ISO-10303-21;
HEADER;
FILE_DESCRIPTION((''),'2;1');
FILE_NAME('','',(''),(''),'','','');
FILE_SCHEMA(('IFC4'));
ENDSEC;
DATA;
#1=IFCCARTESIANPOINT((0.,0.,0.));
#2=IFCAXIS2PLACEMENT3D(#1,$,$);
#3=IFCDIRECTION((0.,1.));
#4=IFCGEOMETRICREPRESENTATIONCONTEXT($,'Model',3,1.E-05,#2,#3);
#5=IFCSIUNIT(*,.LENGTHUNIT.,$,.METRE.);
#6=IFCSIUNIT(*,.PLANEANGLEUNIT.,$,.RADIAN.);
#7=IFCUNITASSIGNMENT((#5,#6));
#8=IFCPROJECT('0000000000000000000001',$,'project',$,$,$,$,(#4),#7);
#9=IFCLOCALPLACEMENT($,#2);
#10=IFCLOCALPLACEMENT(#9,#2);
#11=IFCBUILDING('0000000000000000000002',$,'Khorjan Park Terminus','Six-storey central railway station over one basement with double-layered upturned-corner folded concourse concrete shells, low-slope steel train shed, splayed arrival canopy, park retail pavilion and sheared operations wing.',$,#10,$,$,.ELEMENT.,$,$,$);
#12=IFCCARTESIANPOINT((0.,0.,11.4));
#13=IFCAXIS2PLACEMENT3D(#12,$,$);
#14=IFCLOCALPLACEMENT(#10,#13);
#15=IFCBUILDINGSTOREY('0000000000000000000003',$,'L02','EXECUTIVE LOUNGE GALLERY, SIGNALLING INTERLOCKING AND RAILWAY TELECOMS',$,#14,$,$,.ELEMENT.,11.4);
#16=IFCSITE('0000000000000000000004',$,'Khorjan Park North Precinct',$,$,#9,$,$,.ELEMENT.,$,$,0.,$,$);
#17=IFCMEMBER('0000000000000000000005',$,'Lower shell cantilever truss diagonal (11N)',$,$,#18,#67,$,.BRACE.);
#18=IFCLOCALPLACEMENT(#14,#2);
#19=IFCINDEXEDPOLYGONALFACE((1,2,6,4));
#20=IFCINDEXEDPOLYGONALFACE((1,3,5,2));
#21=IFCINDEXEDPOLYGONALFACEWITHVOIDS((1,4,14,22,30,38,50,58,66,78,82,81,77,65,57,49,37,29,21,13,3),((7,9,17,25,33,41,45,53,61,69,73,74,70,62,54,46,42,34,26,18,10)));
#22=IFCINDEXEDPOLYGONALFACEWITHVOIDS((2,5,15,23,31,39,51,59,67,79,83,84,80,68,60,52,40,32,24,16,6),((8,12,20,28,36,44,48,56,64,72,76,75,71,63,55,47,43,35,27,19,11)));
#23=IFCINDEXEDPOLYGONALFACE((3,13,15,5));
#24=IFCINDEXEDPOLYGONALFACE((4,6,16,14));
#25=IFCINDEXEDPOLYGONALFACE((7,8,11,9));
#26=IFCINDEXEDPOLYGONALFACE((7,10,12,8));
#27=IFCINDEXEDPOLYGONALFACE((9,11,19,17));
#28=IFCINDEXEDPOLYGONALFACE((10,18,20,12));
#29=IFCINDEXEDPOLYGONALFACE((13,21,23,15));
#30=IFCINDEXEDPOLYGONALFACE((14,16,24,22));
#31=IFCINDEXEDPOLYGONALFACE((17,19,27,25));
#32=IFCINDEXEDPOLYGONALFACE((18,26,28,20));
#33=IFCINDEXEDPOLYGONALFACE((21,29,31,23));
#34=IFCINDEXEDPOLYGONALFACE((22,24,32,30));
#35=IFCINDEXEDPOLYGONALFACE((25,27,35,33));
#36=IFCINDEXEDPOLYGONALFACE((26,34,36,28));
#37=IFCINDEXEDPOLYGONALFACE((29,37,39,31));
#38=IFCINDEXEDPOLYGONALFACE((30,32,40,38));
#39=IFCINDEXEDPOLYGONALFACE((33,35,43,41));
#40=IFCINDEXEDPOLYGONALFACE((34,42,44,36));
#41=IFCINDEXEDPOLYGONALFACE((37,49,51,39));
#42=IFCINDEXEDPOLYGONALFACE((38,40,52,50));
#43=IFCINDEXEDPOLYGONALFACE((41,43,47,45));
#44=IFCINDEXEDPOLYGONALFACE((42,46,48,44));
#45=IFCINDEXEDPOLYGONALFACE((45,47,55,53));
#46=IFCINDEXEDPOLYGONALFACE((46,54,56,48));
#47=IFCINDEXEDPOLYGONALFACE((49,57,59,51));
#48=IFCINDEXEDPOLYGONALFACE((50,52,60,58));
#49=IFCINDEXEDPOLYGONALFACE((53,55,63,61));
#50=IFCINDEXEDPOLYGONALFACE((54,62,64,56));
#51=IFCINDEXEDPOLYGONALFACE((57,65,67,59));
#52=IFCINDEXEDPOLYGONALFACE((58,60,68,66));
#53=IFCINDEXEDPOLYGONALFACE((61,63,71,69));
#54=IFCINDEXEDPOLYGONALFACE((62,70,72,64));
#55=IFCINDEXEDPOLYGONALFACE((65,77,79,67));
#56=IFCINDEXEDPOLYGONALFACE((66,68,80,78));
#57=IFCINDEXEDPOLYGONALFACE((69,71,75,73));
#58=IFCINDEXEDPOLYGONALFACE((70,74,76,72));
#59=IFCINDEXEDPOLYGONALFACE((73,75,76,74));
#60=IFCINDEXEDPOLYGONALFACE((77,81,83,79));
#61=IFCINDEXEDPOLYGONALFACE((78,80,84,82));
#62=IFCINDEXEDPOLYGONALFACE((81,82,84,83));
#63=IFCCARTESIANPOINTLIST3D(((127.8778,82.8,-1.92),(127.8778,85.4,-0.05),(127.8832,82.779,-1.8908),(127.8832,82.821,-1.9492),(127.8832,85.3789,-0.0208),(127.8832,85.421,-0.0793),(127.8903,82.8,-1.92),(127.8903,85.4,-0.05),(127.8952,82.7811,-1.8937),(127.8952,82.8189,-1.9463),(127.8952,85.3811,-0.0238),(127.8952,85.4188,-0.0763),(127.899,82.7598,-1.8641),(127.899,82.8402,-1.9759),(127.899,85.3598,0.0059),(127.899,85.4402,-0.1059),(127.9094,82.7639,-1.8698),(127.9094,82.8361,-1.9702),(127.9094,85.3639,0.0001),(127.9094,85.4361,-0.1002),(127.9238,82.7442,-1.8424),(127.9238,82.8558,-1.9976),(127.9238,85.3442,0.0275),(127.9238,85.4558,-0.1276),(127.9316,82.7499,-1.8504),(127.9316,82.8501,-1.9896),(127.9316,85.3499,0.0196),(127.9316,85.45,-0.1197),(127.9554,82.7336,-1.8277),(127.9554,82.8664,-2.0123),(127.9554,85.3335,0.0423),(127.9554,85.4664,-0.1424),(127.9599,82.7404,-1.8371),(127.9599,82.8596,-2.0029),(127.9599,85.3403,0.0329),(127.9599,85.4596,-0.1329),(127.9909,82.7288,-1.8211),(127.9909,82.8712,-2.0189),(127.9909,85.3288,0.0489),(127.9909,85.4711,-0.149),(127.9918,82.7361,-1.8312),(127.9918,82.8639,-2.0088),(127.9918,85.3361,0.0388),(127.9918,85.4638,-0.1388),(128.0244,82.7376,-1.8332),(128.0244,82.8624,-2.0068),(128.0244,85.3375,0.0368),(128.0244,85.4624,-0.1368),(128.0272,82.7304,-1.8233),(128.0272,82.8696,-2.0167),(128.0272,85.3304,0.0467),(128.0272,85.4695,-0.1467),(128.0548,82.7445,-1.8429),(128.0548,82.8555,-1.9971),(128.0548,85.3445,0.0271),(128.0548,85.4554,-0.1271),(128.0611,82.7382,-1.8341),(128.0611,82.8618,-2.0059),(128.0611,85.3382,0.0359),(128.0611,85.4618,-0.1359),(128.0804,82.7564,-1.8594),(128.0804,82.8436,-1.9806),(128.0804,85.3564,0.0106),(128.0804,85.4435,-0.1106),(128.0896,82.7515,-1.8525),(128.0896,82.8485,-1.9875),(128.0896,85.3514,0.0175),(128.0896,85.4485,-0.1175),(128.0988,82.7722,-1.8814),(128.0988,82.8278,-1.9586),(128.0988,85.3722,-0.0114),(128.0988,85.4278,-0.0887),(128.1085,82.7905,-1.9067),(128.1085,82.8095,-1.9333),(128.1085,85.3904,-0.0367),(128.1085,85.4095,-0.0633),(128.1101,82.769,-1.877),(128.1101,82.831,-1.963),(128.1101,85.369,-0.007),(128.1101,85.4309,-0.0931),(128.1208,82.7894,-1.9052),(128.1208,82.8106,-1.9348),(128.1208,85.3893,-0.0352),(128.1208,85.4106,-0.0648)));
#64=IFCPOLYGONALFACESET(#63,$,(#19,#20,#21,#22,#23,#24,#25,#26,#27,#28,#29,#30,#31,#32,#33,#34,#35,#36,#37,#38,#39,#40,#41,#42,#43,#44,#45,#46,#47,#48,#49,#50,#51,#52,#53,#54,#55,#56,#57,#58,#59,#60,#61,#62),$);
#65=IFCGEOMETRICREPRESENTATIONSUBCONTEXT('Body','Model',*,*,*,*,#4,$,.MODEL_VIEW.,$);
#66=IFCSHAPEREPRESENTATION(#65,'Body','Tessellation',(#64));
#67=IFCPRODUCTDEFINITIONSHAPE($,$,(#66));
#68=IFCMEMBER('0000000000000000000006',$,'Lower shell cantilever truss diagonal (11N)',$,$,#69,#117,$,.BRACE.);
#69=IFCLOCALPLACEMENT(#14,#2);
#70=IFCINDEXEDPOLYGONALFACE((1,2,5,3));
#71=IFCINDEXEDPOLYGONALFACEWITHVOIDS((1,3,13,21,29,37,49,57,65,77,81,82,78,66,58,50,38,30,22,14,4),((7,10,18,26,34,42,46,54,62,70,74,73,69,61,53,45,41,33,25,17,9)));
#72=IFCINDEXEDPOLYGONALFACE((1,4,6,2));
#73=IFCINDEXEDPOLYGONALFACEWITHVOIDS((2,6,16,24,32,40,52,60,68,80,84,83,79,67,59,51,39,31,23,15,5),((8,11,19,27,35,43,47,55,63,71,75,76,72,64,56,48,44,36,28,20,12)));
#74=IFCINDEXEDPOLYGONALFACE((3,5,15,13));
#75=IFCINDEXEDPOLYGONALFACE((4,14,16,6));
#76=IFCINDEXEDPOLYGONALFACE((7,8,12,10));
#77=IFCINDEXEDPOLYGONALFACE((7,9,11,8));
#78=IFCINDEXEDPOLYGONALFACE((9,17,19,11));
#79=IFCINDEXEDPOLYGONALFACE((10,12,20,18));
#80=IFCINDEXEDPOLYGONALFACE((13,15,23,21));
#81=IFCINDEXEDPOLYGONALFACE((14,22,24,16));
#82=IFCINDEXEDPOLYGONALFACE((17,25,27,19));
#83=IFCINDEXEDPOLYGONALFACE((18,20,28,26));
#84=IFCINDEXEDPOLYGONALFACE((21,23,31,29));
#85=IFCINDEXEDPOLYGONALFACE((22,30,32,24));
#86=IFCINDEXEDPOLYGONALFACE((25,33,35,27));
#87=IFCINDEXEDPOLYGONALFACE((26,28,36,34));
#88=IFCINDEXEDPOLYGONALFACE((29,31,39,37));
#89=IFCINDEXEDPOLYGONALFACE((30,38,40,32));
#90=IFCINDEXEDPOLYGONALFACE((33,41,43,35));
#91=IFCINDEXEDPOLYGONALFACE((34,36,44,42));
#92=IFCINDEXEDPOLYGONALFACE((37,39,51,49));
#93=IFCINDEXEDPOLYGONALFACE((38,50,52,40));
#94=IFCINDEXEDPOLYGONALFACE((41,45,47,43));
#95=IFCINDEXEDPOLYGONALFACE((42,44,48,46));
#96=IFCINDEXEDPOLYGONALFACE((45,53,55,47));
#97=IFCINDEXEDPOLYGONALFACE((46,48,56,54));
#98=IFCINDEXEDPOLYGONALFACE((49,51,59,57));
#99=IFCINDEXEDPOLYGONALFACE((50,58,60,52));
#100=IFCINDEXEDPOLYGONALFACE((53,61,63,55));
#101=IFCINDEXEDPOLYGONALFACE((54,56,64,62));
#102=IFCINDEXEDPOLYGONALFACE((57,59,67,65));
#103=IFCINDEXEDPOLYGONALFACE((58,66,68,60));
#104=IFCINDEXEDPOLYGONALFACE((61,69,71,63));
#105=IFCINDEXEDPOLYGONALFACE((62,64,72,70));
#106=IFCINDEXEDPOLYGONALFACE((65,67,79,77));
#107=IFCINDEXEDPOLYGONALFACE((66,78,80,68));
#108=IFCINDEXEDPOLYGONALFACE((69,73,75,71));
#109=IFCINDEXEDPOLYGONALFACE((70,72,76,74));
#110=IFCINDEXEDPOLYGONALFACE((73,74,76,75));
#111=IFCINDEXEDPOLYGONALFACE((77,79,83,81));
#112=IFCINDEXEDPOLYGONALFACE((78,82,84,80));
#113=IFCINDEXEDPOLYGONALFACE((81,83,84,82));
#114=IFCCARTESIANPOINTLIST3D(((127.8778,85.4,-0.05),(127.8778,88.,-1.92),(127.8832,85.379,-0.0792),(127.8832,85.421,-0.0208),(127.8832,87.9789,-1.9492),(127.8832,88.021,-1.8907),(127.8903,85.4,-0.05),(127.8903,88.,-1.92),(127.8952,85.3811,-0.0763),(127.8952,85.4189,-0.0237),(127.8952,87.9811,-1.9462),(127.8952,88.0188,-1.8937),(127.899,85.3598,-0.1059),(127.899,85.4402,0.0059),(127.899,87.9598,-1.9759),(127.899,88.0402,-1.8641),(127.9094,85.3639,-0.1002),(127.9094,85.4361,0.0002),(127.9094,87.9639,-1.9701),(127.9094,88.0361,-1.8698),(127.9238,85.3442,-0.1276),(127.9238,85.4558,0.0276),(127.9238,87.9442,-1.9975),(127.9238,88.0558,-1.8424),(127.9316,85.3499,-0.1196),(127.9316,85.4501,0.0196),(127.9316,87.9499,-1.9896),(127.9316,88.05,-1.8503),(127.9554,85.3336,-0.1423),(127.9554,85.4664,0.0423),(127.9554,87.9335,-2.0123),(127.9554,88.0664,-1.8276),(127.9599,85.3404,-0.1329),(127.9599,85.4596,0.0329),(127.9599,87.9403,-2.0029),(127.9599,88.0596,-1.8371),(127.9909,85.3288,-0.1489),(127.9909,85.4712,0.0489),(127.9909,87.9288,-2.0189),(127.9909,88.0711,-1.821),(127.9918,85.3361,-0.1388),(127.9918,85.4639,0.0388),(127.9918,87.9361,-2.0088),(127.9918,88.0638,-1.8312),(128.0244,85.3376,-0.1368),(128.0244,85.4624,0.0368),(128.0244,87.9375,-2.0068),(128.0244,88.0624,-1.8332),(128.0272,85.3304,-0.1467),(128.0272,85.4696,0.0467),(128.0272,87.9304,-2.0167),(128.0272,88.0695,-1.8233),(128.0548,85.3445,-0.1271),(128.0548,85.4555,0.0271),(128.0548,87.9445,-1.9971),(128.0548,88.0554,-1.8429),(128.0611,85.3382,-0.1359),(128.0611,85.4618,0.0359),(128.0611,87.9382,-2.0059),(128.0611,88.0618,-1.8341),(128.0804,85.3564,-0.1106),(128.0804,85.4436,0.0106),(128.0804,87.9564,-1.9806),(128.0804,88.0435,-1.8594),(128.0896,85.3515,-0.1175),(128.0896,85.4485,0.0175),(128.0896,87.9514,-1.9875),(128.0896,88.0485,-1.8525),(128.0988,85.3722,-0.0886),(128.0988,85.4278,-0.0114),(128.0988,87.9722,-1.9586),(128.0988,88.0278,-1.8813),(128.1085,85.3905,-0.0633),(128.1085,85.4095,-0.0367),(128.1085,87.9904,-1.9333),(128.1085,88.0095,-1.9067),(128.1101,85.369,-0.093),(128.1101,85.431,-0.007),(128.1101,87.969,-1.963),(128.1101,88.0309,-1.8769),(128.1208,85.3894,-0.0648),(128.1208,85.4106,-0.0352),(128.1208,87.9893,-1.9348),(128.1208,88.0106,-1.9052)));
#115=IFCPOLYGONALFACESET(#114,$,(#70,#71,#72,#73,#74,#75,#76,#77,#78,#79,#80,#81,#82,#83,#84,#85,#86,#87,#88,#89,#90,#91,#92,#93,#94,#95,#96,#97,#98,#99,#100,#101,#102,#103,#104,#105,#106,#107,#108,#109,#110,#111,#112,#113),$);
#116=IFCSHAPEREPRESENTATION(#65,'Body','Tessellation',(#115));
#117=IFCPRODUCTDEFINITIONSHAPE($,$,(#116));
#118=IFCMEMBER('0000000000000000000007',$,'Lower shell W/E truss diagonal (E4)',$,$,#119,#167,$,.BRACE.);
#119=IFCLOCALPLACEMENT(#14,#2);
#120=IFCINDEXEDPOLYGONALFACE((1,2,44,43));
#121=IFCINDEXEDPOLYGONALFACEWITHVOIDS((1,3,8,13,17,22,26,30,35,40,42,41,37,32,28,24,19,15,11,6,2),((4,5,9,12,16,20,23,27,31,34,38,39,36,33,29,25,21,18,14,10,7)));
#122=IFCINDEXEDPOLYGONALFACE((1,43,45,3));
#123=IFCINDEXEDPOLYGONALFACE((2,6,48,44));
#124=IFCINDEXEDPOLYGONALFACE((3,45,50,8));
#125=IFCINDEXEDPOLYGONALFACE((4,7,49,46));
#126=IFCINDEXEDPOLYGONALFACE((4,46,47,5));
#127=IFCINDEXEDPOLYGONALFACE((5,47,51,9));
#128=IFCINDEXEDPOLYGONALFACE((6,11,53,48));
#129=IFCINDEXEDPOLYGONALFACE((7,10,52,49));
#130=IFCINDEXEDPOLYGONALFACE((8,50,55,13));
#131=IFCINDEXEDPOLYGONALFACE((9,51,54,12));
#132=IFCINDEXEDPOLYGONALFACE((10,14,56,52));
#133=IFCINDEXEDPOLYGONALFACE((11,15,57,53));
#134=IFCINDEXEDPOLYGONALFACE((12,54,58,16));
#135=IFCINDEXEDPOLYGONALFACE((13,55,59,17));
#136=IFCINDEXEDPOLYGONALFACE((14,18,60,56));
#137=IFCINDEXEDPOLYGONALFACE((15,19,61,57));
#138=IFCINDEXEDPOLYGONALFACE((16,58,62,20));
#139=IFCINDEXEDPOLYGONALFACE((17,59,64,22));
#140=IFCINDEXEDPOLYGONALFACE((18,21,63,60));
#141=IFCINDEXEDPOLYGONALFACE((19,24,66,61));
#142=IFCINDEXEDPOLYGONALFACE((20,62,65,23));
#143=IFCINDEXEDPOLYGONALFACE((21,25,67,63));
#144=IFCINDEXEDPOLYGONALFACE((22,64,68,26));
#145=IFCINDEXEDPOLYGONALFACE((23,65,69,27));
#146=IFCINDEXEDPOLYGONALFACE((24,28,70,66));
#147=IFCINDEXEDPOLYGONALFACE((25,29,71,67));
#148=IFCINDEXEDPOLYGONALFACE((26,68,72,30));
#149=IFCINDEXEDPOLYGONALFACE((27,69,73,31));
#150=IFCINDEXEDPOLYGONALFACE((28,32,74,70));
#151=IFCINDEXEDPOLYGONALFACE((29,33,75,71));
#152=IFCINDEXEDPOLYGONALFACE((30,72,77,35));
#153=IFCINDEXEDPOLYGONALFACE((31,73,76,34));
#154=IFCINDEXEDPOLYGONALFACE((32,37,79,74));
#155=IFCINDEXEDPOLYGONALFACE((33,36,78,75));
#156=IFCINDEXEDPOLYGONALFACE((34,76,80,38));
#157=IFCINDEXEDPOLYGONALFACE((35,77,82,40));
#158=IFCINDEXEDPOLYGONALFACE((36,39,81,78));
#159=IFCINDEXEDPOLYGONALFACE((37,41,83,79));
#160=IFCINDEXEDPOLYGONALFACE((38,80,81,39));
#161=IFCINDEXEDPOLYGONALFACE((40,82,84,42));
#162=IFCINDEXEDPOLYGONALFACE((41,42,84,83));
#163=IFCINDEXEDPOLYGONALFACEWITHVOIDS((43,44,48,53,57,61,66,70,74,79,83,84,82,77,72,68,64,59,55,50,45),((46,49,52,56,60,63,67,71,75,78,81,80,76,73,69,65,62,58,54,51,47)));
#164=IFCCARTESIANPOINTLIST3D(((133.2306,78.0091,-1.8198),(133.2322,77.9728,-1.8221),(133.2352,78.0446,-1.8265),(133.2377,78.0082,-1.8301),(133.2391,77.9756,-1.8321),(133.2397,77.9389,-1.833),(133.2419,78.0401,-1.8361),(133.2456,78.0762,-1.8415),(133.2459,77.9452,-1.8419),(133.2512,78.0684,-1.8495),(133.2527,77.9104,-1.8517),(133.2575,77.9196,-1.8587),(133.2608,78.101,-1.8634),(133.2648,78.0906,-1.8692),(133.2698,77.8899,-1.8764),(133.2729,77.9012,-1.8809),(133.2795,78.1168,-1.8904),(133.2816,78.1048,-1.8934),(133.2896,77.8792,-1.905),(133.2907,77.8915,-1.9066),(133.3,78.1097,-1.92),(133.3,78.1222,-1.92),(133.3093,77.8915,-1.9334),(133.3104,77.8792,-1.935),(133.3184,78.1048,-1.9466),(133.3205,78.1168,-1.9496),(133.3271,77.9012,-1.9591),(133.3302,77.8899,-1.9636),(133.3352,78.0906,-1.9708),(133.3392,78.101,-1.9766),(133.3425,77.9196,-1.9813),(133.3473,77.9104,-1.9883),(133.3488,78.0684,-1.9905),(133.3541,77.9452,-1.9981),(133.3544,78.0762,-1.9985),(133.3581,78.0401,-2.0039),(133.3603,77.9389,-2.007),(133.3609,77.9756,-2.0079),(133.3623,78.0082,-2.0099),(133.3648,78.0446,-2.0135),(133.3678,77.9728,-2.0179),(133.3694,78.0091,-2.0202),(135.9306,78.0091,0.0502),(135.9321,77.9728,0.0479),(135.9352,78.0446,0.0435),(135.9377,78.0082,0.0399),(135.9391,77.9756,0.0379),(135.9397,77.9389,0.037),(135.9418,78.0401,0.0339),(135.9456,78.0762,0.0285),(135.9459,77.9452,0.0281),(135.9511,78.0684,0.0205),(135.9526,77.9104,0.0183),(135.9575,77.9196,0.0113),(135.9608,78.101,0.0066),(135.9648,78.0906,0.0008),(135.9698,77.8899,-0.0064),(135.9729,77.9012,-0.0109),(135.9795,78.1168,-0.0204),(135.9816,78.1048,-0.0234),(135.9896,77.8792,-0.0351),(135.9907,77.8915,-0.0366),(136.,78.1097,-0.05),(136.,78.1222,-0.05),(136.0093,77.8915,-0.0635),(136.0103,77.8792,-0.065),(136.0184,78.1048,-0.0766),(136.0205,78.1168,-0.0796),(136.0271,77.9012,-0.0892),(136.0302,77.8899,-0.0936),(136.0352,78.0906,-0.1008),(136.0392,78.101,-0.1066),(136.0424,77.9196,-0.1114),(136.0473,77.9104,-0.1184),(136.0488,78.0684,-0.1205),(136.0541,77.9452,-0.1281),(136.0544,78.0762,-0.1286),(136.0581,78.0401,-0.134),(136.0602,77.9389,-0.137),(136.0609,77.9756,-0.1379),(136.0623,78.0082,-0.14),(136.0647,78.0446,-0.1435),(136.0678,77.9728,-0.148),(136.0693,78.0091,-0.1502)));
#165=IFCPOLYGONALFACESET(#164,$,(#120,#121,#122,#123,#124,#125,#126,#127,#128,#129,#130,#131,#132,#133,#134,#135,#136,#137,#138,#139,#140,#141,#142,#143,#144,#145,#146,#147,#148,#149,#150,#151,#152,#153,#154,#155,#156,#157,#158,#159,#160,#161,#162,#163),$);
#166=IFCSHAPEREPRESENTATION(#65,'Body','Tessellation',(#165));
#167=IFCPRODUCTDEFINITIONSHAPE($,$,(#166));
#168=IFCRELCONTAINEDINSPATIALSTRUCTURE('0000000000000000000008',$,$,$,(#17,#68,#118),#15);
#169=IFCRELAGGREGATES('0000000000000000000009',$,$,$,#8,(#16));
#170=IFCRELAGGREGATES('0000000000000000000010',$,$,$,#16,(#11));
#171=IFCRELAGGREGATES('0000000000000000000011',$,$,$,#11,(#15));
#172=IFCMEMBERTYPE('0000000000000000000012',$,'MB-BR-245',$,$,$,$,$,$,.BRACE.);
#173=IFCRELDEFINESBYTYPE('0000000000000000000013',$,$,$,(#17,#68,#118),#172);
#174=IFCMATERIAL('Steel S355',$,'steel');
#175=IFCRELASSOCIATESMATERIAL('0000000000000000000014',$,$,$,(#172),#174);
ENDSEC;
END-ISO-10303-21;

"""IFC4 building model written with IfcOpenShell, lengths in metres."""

from ifc_helpers import new_model, si_unit, direction, frame, origin, origin_2d, place, context, subcontext, project, spatial, hollow_circle, extrude, material, material_profile, profile_set, type_object, element, save


model = new_model("IFC4")

# Units and contexts
model_context = context("Model", 3, precision=1e-05, world=origin(), true_north=direction((0.0, 1.0)))
body_context = subcontext(model_context, "Body", "Model", "MODEL_VIEW")
ifc_project = project(units=[si_unit("LENGTHUNIT", "METRE"), si_unit("PLANEANGLEUNIT", "RADIAN")], contexts=[model_context])

# Site, building, storey
site_placement = place(None, origin())
site = spatial("IfcSite", under=ifc_project, at=site_placement, Name="Khorjan Park North Precinct", CompositionType="ELEMENT", RefElevation=0.0)
building_placement = place(site_placement, origin())
building = spatial("IfcBuilding", under=site, at=building_placement, Name="Khorjan Park Terminus", Description="Six-storey central railway station over one basement with double-layered upturned-corner folded concourse concrete shells, low-slope steel train shed, splayed arrival canopy, park retail pavilion and sheared operations wing.", CompositionType="ELEMENT")
storey_placement = place(building_placement, frame((0.0, 0.0, 11.4)))
storey = spatial("IfcBuildingStorey", under=building, at=storey_placement, Name="L02", Description="EXECUTIVE LOUNGE GALLERY, SIGNALLING INTERLOCKING AND RAILWAY TELECOMS", CompositionType="ELEMENT", Elevation=11.4)

# Members
ifc_material_1 = material(Name="Steel S355", Category="steel")
ifc_material_profile_1 = material_profile(ifc_material_1, hollow_circle(Radius=0.1222, WallThickness=0.0125, at=origin_2d()), Name="CHS 244.5x12.5")
ifc_profile_set_1 = profile_set([ifc_material_profile_1], Name="Steel S355")
member_type_1 = type_object("IfcMemberType", Name="MB-BR-245", PredefinedType="BRACE", material=ifc_profile_set_1)
for number, where, z_axis, x_axis, name in (
    (1, (128.0, 82.8, -1.92), (0.0, 0.81183, 0.583893), (-1.0, 0.0, 0.0), "Lower shell cantilever truss diagonal (11N)"),
    (2, (128.0, 85.4, -0.05), (0.0, 0.81183, -0.583893), (-1.0, 0.0, 0.0), "Lower shell cantilever truss diagonal (11N)"),
):
    element("IfcMember", number, at=place(storey_placement, frame(where, z_axis=z_axis, x_axis=x_axis)), inside=storey, type_object=member_type_1, Name=name, PredefinedType="BRACE", context=body_context, shape_type="SweptSolid", body=[
        extrude(hollow_circle(Radius=0.1222, WallThickness=0.0125, at=origin_2d()), origin(), (0.0, 0.0, 1.0), 3.2026),
    ])
member_1_placement = place(storey_placement, frame((133.3, 78.0, -1.92), z_axis=(0.822083, 0.0, 0.569368), x_axis=(0.0, 1.0, 0.0)))
element("IfcMember", 3, at=member_1_placement, inside=storey, type_object=member_type_1, Name="Lower shell W/E truss diagonal (E4)", PredefinedType="BRACE", context=body_context, shape_type="SweptSolid", body=[
    extrude(hollow_circle(Radius=0.1222, WallThickness=0.0125, at=origin_2d()), origin(), (0.0, 0.0, 1.0), 3.2843),
])

save(model, "model.ifc")
